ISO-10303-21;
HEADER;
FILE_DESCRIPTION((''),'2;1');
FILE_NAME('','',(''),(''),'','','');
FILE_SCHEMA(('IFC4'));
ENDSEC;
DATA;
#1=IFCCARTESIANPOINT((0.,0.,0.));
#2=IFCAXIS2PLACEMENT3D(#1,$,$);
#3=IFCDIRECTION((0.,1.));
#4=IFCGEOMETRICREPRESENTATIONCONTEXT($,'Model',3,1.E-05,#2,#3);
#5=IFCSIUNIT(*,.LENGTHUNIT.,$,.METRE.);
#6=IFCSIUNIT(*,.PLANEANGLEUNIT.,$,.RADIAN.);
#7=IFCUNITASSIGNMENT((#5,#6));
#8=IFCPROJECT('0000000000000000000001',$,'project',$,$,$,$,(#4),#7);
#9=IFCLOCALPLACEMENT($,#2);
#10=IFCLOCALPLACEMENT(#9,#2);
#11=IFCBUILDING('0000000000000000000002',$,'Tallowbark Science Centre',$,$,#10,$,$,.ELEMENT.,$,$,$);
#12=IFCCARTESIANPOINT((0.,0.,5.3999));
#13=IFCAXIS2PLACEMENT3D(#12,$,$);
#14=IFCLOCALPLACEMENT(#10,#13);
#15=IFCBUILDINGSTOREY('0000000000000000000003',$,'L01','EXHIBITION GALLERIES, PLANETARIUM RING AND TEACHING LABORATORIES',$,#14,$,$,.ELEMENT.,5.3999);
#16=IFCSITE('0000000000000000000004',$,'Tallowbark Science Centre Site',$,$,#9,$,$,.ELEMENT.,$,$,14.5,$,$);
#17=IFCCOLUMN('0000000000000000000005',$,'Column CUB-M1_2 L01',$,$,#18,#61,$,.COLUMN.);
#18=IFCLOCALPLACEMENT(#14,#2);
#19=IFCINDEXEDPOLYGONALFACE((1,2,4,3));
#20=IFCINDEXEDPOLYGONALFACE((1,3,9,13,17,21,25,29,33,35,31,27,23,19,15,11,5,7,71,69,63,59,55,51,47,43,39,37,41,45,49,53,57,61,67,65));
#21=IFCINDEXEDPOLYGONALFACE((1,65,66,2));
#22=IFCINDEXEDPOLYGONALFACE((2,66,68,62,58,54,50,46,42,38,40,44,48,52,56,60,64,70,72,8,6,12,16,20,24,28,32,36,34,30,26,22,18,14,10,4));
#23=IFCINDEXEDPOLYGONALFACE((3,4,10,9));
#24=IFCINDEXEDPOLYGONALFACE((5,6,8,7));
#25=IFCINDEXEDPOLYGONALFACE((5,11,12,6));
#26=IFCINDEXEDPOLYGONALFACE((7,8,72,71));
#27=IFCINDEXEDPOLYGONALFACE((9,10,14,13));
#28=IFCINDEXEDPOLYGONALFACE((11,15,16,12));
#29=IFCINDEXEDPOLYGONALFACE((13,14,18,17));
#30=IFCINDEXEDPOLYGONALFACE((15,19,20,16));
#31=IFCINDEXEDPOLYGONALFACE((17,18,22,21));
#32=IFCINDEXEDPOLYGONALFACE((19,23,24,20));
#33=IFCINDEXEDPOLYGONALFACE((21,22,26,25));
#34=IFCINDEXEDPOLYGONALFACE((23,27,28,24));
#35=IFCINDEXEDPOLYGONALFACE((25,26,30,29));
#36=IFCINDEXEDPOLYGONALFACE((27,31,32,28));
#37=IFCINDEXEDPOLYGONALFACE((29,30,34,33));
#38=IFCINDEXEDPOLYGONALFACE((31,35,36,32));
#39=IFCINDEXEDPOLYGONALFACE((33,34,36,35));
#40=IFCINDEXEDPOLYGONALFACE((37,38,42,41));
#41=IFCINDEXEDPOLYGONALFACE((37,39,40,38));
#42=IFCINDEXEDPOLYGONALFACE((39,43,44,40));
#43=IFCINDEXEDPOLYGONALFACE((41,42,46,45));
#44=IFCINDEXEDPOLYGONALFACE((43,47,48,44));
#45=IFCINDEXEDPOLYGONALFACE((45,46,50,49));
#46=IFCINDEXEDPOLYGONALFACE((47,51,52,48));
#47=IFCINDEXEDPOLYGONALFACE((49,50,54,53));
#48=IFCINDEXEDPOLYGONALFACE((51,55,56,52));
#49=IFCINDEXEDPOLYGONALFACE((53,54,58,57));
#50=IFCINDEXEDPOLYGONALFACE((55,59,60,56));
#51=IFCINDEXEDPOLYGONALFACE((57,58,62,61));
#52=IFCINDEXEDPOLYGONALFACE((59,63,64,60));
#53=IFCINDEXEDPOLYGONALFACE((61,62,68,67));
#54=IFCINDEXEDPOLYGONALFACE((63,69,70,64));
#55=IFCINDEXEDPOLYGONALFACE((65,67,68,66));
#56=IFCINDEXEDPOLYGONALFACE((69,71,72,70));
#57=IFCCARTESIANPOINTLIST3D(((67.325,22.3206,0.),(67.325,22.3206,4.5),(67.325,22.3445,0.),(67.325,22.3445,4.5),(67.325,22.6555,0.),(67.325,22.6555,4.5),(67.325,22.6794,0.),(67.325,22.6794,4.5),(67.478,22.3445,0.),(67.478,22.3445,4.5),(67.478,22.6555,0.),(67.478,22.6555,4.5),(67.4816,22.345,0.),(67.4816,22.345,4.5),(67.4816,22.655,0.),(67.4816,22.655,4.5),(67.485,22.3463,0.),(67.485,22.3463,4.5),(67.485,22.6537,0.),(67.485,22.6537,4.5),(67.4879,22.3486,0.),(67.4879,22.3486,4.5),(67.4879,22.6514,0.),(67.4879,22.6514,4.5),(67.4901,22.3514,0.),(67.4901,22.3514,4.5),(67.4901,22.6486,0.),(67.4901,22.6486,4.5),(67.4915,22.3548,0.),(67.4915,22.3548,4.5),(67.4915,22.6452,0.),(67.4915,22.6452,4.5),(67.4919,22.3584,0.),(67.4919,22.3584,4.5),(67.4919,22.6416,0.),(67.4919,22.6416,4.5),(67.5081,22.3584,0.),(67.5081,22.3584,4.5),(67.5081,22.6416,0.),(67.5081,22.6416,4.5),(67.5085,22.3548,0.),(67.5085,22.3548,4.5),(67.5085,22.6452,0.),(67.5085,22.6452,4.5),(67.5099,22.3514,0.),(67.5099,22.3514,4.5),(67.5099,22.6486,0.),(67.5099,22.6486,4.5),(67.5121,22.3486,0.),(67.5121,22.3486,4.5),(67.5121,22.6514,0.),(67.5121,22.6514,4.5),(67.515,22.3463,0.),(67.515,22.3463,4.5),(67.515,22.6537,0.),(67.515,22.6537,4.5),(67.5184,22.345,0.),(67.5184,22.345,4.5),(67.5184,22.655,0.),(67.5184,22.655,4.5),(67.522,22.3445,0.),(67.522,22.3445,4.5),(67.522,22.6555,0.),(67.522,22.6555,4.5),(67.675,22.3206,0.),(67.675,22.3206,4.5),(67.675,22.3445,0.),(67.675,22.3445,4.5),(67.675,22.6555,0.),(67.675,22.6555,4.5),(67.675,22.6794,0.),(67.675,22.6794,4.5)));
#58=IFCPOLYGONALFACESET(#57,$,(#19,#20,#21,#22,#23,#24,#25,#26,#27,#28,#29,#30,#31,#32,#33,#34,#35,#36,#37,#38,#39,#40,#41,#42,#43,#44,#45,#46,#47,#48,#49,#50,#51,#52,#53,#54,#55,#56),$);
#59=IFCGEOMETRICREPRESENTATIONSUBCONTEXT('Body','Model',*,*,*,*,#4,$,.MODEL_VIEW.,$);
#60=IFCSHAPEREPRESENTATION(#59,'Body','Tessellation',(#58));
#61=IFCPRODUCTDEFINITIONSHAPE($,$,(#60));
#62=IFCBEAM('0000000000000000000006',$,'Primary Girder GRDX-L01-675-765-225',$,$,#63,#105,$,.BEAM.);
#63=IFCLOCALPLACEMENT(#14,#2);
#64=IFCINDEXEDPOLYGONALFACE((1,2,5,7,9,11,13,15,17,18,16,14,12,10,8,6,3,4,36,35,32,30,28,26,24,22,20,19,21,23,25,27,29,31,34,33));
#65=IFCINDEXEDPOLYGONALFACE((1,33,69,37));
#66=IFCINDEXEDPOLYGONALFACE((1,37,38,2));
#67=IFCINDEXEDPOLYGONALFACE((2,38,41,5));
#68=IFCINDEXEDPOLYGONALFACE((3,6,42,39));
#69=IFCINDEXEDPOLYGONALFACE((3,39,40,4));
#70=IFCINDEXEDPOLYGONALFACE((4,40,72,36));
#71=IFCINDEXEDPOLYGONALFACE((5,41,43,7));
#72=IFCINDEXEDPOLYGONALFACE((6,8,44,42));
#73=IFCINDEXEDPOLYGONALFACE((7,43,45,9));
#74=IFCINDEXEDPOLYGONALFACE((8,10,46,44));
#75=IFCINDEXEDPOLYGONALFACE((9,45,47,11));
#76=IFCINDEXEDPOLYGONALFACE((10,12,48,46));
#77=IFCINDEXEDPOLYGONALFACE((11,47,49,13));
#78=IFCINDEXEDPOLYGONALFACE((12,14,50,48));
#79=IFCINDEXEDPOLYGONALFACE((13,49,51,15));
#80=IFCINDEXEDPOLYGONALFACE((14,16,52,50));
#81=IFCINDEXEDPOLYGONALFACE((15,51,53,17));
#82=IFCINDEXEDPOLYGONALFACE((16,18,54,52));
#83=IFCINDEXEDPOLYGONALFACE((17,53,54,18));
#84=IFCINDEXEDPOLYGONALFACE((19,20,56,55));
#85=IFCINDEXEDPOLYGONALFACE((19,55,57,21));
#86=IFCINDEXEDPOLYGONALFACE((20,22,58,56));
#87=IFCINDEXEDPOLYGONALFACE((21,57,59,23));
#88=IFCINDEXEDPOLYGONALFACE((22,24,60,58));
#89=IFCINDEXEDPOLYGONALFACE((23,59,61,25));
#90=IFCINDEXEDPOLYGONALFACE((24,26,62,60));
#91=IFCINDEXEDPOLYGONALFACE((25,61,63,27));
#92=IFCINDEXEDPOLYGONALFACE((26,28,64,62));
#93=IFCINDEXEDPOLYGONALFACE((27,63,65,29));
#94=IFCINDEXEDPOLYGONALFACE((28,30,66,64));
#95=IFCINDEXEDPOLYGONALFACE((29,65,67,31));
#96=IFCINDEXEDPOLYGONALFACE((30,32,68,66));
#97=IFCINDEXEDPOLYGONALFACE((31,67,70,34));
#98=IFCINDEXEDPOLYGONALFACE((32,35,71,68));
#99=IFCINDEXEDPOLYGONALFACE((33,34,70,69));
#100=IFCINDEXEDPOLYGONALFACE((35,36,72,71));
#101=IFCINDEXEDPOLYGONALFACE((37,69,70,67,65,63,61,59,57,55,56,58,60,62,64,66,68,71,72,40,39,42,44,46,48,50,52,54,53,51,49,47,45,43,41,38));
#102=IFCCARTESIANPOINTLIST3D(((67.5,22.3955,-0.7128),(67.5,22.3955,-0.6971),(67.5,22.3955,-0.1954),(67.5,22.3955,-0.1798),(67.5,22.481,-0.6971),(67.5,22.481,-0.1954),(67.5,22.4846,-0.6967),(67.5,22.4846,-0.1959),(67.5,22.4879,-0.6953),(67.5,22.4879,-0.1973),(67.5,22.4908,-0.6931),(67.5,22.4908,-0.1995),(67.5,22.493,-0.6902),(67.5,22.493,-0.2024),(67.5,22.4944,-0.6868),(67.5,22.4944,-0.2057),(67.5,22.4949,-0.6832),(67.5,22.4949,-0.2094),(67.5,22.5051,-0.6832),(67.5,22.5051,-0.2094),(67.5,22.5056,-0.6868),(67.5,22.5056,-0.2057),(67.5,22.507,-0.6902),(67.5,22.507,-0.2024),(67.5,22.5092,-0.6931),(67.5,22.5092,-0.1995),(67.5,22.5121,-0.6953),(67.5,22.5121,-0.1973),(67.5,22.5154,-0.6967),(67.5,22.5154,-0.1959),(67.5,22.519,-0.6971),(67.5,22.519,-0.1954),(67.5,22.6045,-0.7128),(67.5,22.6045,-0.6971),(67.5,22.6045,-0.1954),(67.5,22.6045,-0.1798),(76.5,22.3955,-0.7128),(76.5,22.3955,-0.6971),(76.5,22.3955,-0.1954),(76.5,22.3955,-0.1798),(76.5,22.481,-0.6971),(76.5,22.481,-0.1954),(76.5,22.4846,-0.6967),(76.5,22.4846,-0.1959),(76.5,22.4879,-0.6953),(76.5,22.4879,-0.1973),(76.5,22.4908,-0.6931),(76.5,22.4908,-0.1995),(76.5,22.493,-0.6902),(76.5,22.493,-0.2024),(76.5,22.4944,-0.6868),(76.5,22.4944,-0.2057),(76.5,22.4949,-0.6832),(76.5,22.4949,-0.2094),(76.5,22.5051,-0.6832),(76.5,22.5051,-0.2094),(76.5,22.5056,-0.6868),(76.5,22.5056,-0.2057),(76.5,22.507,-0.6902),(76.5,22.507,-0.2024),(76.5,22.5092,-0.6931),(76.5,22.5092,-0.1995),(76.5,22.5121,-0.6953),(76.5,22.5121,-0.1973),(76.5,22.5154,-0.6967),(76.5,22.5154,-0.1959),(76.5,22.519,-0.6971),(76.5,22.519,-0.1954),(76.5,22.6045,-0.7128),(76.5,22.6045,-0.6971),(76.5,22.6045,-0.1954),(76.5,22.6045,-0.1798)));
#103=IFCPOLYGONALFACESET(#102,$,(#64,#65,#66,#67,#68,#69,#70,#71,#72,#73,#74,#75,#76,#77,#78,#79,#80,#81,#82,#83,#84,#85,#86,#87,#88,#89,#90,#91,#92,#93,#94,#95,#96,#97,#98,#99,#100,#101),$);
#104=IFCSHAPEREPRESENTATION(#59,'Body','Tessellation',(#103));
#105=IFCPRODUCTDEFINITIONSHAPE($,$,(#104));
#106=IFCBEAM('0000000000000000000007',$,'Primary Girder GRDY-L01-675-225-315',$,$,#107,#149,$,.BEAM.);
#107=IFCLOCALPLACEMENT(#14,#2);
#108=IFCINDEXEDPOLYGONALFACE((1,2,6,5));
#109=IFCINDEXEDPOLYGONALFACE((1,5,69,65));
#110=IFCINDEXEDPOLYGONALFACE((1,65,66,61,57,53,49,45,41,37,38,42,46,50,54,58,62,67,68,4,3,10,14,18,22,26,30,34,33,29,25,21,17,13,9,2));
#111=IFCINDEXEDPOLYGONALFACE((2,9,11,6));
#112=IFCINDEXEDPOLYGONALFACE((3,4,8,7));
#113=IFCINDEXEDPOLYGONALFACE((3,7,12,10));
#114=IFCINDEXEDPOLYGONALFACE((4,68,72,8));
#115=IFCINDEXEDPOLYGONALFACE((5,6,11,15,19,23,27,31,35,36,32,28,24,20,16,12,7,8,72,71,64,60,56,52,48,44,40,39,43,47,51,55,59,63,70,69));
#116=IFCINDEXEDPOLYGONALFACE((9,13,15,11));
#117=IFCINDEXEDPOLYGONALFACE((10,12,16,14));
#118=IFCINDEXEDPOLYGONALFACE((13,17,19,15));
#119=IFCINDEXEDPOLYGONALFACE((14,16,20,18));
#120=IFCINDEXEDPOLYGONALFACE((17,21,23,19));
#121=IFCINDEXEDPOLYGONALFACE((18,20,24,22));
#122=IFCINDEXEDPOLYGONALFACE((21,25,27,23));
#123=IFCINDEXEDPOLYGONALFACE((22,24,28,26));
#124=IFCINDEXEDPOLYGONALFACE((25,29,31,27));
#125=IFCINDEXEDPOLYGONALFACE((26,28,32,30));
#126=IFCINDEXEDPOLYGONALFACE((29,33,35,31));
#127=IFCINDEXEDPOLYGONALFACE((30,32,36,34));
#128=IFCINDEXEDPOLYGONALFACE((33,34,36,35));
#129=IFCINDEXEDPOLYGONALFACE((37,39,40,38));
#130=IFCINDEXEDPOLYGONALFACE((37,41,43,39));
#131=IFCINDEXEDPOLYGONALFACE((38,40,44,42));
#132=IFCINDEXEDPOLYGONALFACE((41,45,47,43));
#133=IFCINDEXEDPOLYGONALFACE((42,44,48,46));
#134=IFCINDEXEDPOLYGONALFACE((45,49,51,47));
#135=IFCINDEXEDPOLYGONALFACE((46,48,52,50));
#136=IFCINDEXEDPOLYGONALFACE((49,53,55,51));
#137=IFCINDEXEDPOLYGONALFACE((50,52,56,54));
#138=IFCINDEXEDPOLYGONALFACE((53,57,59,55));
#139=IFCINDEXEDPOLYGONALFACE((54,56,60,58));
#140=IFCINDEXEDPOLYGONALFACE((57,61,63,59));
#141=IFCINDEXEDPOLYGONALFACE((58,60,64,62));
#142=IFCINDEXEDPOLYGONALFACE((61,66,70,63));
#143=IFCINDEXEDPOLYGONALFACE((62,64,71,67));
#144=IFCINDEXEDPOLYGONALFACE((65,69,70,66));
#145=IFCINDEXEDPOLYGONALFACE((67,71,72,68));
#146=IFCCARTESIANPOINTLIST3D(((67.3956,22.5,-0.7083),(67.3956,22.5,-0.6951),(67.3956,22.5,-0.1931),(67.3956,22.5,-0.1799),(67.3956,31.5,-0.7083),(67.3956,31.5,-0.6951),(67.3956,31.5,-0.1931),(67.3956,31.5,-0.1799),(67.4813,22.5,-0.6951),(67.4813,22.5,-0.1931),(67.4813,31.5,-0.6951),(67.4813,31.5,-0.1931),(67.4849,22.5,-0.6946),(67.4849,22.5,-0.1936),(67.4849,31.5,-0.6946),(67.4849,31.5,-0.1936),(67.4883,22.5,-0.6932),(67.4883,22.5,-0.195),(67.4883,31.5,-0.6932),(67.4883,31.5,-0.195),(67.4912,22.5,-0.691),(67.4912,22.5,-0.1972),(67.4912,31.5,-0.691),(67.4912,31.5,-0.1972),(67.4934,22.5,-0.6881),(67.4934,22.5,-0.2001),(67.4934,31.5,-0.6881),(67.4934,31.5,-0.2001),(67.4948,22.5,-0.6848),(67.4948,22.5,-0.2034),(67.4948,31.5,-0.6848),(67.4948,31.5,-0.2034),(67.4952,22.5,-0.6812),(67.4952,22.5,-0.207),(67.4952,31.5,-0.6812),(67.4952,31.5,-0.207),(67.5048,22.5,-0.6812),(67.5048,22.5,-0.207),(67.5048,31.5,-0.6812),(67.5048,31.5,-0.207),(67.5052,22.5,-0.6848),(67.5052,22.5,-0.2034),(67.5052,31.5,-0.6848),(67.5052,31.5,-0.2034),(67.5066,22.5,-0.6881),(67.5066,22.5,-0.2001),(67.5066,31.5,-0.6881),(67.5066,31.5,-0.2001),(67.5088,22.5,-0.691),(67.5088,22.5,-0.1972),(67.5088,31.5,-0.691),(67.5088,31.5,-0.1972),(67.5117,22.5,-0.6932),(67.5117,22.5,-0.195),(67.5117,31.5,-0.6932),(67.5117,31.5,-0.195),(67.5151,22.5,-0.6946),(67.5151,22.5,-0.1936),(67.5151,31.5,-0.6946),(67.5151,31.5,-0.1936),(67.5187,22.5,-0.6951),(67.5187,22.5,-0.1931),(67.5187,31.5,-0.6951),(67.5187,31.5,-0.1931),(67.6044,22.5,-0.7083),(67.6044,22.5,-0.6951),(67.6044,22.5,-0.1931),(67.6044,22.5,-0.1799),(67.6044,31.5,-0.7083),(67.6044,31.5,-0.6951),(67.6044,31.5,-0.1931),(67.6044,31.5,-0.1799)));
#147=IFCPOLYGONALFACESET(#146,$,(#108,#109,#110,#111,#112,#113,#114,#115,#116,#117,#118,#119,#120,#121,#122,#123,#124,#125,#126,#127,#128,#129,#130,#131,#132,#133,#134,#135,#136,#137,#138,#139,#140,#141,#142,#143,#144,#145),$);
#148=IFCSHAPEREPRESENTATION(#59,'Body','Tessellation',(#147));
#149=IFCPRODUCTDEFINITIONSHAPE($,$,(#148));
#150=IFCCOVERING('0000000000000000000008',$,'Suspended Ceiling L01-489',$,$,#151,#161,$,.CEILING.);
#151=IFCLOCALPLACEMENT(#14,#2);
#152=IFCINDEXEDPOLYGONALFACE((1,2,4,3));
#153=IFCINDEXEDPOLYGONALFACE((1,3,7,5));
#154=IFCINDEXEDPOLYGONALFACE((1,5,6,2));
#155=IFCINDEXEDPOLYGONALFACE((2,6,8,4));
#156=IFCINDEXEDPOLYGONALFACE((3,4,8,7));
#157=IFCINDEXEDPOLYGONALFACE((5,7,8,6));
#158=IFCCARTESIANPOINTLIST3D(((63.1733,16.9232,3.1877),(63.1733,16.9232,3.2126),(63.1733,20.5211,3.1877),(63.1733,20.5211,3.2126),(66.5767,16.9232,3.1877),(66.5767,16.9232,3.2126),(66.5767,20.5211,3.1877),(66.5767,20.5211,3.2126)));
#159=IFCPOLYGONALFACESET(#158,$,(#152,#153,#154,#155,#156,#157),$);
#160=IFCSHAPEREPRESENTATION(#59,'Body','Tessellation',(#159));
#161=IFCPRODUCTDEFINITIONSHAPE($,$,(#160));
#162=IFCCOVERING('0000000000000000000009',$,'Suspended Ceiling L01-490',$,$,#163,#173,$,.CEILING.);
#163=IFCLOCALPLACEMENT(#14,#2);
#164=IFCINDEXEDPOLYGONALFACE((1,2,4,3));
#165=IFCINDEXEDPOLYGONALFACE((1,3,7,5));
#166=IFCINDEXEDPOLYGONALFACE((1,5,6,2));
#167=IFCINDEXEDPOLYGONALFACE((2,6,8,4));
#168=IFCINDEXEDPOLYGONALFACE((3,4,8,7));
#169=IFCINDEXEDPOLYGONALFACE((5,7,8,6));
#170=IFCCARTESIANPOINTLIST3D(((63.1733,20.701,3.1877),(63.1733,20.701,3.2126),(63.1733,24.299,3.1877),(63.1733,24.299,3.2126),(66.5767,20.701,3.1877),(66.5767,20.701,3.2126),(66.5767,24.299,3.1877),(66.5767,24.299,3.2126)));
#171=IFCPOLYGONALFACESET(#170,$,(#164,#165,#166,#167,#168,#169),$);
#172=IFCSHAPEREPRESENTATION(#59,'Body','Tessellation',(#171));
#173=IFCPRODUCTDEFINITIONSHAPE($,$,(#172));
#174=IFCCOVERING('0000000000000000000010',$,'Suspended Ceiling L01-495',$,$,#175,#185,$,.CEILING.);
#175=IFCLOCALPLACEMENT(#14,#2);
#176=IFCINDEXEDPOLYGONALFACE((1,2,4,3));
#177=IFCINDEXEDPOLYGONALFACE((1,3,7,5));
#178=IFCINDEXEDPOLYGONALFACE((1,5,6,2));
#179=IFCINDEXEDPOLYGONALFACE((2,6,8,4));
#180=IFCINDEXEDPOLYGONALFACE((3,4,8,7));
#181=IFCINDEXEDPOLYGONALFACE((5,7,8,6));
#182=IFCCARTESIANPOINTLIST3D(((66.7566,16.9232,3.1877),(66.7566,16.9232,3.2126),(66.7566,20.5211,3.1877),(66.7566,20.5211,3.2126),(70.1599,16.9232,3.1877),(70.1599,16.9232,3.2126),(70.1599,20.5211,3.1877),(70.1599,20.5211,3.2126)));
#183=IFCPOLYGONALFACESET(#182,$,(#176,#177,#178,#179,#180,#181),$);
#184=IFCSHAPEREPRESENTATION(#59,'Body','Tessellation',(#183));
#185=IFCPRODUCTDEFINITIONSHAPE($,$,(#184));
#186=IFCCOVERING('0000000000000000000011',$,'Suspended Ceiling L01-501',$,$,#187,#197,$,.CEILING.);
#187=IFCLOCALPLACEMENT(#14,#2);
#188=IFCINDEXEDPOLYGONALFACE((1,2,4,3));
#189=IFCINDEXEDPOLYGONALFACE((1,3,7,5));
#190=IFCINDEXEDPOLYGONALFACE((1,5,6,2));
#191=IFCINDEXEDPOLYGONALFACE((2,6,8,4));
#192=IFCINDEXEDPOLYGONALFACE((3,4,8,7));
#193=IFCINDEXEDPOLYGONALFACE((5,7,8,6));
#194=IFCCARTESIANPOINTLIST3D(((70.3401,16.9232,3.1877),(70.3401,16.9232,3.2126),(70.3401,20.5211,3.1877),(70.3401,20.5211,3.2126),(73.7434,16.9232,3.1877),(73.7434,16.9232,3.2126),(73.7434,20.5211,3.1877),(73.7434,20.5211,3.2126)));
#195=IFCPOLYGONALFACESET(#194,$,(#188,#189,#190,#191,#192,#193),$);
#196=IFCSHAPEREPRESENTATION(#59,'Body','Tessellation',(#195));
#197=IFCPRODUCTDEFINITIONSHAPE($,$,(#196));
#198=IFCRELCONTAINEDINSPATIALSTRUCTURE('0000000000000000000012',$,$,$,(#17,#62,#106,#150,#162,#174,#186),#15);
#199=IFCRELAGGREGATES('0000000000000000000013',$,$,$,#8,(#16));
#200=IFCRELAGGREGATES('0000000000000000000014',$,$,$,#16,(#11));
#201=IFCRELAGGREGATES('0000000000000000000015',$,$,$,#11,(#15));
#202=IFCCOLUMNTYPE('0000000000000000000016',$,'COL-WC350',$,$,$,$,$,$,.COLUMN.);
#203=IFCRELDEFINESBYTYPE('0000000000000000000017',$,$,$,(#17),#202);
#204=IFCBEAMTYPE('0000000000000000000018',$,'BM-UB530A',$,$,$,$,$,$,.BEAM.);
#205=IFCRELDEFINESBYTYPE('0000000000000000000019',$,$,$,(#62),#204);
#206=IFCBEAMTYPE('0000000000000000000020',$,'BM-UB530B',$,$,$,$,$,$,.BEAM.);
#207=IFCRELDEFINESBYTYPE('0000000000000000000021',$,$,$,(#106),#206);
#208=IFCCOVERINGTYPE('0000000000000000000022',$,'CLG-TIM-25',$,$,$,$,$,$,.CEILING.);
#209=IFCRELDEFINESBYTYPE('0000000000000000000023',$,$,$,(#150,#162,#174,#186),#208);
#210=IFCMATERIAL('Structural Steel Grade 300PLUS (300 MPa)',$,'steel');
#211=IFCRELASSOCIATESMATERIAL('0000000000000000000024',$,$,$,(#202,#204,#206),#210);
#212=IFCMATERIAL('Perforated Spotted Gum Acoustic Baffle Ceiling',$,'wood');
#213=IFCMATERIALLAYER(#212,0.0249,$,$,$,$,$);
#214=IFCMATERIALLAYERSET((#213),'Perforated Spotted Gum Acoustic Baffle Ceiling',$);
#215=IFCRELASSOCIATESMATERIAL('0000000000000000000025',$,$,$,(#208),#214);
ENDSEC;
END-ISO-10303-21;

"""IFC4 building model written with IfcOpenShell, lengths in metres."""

from ifc_helpers import new_model, si_unit, direction, frame, origin, origin_2d, place, context, subcontext, project, spatial, rectangle, i_section, extrude, material, layer, layer_set, material_profile, profile_set, type_object, element, save


model = new_model("IFC4")

# Units and contexts
model_context = context("Model", 3, precision=1e-05, world=origin(), true_north=direction((0.0, 1.0)))
body_context = subcontext(model_context, "Body", "Model", "MODEL_VIEW")
ifc_project = project(units=[si_unit("LENGTHUNIT", "METRE"), si_unit("PLANEANGLEUNIT", "RADIAN")], contexts=[model_context])

# Site, building, storey
site_placement = place(None, origin())
site = spatial("IfcSite", under=ifc_project, at=site_placement, Name="Tallowbark Science Centre Site", CompositionType="ELEMENT", RefElevation=14.5)
building_placement = place(site_placement, origin())
building = spatial("IfcBuilding", under=site, at=building_placement, Name="Tallowbark Science Centre", CompositionType="ELEMENT")
storey_placement = place(building_placement, frame((0.0, 0.0, 5.3999)))
storey = spatial("IfcBuildingStorey", under=building, at=storey_placement, Name="L01", Description="EXHIBITION GALLERIES, PLANETARIUM RING AND TEACHING LABORATORIES", CompositionType="ELEMENT", Elevation=5.3999)

# Column
ifc_material_1 = material(Name="Structural Steel Grade 300PLUS (300 MPa)", Category="steel")
ifc_material_profile_1 = material_profile(ifc_material_1, i_section(OverallWidth=0.3501, OverallDepth=0.3589, WebThickness=0.0161, FlangeThickness=0.0239, FilletRadius=0.0139, at=origin_2d()), Name="350WC197")
ifc_profile_set_1 = profile_set([ifc_material_profile_1], Name="Structural Steel Grade 300PLUS (300 MPa)")
column_type = type_object("IfcColumnType", Name="COL-WC350", PredefinedType="COLUMN", material=ifc_profile_set_1)
column_placement = place(storey_placement, frame((67.5, 22.5, 0.0), z_axis=(0.0, 0.0, 1.0), x_axis=(1.0, 0.0, 0.0)))
element("IfcColumn", 1, at=column_placement, inside=storey, type_object=column_type, Name="Column CUB-M1_2 L01", PredefinedType="COLUMN", context=body_context, shape_type="SweptSolid", body=[
    extrude(i_section(OverallWidth=0.3501, OverallDepth=0.3589, WebThickness=0.0161, FlangeThickness=0.0239, FilletRadius=0.0139, at=origin_2d()), origin(), (0.0, 0.0, 1.0), 4.5),
])

# Beams
ifc_material_profile_2 = material_profile(ifc_material_1, i_section(OverallWidth=0.209, OverallDepth=0.533, WebThickness=0.0103, FlangeThickness=0.0156, FilletRadius=0.0139, at=origin_2d()), Name="530UB92.4")
ifc_profile_set_2 = profile_set([ifc_material_profile_2], Name="Structural Steel Grade 300PLUS (300 MPa)")
beam_type_1 = type_object("IfcBeamType", Name="BM-UB530A", PredefinedType="BEAM", material=ifc_profile_set_2)
beam_1_placement = place(storey_placement, frame((67.5, 22.5, -0.4463), z_axis=(1.0, 0.0, 0.0), x_axis=(0.0, 1.0, 0.0)))
element("IfcBeam", 2, at=beam_1_placement, inside=storey, type_object=beam_type_1, Name="Primary Girder GRDX-L01-675-765-225", PredefinedType="BEAM", context=body_context, shape_type="SweptSolid", body=[
    extrude(i_section(OverallWidth=0.209, OverallDepth=0.533, WebThickness=0.0103, FlangeThickness=0.0156, FilletRadius=0.0139, at=origin_2d()), origin(), (0.0, 0.0, 1.0), 9.0),
])
ifc_material_profile_3 = material_profile(ifc_material_1, i_section(OverallWidth=0.2087, OverallDepth=0.5283, WebThickness=0.0095, FlangeThickness=0.0132, FilletRadius=0.0139, at=origin_2d()), Name="530UB82.0")
ifc_profile_set_3 = profile_set([ifc_material_profile_3], Name="Structural Steel Grade 300PLUS (300 MPa)")
beam_type_2 = type_object("IfcBeamType", Name="BM-UB530B", PredefinedType="BEAM", material=ifc_profile_set_3)
beam_2_placement = place(storey_placement, frame((67.5, 22.5, -0.4441), z_axis=(0.0, 1.0, 0.0), x_axis=(-1.0, 0.0, 0.0)))
element("IfcBeam", 3, at=beam_2_placement, inside=storey, type_object=beam_type_2, Name="Primary Girder GRDY-L01-675-225-315", PredefinedType="BEAM", context=body_context, shape_type="SweptSolid", body=[
    extrude(i_section(OverallWidth=0.2087, OverallDepth=0.5283, WebThickness=0.0095, FlangeThickness=0.0132, FilletRadius=0.0139, at=origin_2d()), origin(), (0.0, 0.0, 1.0), 9.0),
])

# Coverings
ifc_material_2 = material(Name="Perforated Spotted Gum Acoustic Baffle Ceiling", Category="wood")
ifc_layer_1 = layer(ifc_material_2, 0.0249)
ifc_layer_set_1 = layer_set([ifc_layer_1], Name="Perforated Spotted Gum Acoustic Baffle Ceiling")
covering_type_1 = type_object("IfcCoveringType", Name="CLG-TIM-25", PredefinedType="CEILING", material=ifc_layer_set_1)
for number, where, z_axis, x_axis, name in (
    (4, (64.875, 18.7222, 3.1877), (0.0, 0.0, 1.0), (1.0, 0.0, 0.0), "Suspended Ceiling L01-489"),
    (5, (64.875, 22.5, 3.1877), (0.0, 0.0, 1.0), (1.0, 0.0, 0.0), "Suspended Ceiling L01-490"),
    (6, (68.4583, 18.7222, 3.1877), (0.0, 0.0, 1.0), (1.0, 0.0, 0.0), "Suspended Ceiling L01-495"),
    (7, (72.0417, 18.7222, 3.1877), (0.0, 0.0, 1.0), (1.0, 0.0, 0.0), "Suspended Ceiling L01-501"),
):
    element("IfcCovering", number, at=place(storey_placement, frame(where, z_axis=z_axis, x_axis=x_axis)), inside=storey, type_object=covering_type_1, Name=name, PredefinedType="CEILING", context=body_context, shape_type="SweptSolid", body=[
        extrude(rectangle(XDim=3.4033, YDim=3.5979, at=origin_2d()), origin(), (0.0, 0.0, 1.0), 0.0249),
    ])

save(model, "model.ifc")
